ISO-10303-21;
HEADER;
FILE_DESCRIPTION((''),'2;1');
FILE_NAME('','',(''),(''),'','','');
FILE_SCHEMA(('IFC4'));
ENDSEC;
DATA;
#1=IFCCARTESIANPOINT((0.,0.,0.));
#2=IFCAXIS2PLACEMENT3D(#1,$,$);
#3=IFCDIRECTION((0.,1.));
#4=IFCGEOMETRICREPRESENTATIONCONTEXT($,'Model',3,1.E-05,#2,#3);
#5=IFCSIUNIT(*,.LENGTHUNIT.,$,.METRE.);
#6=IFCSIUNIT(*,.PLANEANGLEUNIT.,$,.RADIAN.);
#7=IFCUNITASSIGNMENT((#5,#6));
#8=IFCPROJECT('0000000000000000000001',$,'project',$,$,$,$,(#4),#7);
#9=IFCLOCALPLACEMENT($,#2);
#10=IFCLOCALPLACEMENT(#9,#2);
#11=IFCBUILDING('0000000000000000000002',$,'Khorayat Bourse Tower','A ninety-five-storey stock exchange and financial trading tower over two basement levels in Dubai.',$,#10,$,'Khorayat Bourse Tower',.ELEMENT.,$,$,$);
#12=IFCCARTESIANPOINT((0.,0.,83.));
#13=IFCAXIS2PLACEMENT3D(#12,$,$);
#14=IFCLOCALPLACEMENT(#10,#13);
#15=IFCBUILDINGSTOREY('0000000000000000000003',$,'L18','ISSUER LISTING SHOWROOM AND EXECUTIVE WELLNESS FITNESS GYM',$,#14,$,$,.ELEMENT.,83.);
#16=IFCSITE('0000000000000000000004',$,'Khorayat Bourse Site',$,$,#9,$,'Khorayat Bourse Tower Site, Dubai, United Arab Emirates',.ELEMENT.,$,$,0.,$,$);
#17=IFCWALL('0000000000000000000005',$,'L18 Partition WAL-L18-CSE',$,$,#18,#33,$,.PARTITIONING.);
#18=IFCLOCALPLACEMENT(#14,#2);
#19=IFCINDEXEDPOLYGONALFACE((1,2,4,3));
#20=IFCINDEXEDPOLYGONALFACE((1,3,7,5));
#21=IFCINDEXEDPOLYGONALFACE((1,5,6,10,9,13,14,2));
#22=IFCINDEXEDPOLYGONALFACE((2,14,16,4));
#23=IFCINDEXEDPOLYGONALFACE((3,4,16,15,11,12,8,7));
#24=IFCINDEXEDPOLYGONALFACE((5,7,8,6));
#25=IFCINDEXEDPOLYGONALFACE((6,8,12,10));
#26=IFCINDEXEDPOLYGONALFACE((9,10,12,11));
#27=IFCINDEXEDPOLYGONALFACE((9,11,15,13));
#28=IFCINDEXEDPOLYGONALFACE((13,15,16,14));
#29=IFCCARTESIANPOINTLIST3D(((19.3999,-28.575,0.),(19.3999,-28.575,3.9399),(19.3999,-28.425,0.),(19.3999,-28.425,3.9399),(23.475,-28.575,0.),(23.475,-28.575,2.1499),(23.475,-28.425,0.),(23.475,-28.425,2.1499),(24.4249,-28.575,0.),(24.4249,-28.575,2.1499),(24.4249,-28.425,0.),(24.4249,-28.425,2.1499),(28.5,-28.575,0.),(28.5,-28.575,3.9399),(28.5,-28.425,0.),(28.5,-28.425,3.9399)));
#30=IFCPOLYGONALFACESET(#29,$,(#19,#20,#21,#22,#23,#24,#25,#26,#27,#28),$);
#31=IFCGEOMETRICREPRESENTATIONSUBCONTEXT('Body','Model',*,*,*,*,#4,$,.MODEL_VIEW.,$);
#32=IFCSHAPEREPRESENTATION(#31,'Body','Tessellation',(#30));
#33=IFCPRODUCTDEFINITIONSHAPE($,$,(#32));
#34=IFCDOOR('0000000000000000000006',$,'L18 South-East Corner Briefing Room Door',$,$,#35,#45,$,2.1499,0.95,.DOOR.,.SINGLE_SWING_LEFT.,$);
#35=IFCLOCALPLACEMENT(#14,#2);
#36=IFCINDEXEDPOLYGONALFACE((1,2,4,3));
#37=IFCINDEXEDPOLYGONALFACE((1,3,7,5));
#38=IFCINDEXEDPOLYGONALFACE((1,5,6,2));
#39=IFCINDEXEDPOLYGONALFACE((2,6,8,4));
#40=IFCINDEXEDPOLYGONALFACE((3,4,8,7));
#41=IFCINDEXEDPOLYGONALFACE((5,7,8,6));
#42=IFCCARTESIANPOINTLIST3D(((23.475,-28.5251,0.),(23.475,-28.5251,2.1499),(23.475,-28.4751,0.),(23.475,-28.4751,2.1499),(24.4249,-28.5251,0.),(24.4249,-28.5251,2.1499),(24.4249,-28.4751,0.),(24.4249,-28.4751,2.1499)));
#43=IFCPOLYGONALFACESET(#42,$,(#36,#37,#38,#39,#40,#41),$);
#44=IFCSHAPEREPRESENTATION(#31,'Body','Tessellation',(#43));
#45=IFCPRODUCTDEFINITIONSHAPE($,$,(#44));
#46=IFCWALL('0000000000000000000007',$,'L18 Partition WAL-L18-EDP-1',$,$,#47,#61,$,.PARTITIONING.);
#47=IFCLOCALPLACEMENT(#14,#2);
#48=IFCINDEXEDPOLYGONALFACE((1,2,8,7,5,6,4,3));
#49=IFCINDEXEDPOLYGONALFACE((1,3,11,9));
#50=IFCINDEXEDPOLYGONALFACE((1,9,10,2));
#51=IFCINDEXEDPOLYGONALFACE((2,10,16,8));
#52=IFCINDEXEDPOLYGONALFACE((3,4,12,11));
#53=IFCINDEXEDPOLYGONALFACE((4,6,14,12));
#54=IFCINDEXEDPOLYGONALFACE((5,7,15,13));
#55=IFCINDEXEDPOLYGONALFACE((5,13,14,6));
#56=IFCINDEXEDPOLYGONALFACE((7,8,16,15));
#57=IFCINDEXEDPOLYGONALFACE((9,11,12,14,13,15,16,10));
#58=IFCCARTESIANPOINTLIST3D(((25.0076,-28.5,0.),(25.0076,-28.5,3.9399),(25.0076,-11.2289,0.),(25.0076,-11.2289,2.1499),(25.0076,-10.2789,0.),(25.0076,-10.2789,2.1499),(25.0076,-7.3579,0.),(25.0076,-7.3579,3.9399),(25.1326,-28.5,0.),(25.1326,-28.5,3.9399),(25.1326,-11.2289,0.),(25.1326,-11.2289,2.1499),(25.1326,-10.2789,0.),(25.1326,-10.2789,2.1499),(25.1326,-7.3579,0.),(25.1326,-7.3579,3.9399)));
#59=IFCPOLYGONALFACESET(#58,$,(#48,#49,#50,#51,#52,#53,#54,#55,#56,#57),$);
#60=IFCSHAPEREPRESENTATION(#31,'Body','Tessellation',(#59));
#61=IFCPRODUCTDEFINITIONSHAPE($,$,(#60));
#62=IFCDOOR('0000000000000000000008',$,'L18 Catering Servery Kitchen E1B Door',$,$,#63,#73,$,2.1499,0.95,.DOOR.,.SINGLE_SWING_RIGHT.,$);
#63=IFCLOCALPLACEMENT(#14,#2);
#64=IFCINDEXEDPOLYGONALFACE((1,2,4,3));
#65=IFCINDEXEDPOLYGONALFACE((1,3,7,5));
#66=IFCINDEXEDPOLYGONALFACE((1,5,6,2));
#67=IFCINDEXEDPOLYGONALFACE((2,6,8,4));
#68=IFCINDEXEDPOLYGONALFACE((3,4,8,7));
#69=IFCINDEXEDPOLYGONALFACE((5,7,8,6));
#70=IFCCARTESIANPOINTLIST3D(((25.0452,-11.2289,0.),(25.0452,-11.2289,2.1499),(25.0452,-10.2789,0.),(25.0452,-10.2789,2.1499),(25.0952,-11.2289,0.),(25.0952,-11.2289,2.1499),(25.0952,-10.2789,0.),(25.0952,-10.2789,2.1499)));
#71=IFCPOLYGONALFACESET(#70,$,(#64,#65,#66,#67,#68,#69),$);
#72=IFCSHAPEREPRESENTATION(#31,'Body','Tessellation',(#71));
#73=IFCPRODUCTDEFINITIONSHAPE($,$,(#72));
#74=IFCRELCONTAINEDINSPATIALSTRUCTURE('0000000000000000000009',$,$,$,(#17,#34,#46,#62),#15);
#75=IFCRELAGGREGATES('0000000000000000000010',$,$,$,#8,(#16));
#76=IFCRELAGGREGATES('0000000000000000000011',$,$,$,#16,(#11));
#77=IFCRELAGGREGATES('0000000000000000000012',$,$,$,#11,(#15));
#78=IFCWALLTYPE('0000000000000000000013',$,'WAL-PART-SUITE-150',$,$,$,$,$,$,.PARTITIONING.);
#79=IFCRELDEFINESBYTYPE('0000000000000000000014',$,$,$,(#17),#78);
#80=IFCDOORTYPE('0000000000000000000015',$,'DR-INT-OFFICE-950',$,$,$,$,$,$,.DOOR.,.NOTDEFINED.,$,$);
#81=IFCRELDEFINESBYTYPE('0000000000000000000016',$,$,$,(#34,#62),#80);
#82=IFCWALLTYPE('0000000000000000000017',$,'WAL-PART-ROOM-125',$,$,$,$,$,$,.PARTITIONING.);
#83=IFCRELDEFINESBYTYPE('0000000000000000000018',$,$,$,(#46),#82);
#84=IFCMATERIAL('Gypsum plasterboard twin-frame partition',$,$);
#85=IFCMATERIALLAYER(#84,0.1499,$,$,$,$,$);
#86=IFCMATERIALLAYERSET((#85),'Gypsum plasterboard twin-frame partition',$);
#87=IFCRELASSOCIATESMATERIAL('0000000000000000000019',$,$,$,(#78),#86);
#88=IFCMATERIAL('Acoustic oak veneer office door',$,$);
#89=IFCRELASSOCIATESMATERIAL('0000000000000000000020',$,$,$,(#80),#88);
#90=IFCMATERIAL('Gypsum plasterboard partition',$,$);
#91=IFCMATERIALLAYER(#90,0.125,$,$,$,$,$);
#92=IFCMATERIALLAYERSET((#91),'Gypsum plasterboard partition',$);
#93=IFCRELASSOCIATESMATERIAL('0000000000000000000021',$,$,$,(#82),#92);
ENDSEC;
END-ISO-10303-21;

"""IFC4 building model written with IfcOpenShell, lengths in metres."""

from ifc_helpers import new_model, si_unit, direction, frame, frame_2d, origin, place, context, subcontext, project, spatial, rectangle, extrude, source, transform, mapped, material, layer, layer_set, type_object, element, fill, save


model = new_model("IFC4")

# Units and contexts
model_context = context("Model", 3, precision=1e-05, world=origin(), true_north=direction((0.0, 1.0)))
body_context = subcontext(model_context, "Body", "Model", "MODEL_VIEW")
ifc_project = project(units=[si_unit("LENGTHUNIT", "METRE"), si_unit("PLANEANGLEUNIT", "RADIAN")], contexts=[model_context])

# Site, building, storey
site_placement = place(None, origin())
site = spatial("IfcSite", under=ifc_project, at=site_placement, Name="Khorayat Bourse Site", LongName="Khorayat Bourse Tower Site, Dubai, United Arab Emirates", CompositionType="ELEMENT", RefElevation=0.0)
building_placement = place(site_placement, origin())
building = spatial("IfcBuilding", under=site, at=building_placement, Name="Khorayat Bourse Tower", Description="A ninety-five-storey stock exchange and financial trading tower over two basement levels in Dubai.", LongName="Khorayat Bourse Tower", CompositionType="ELEMENT")
storey_placement = place(building_placement, frame((0.0, 0.0, 83.0)))
storey = spatial("IfcBuildingStorey", under=building, at=storey_placement, Name="L18", Description="ISSUER LISTING SHOWROOM AND EXECUTIVE WELLNESS FITNESS GYM", CompositionType="ELEMENT", Elevation=83.0)

# Shared definitions
ifc_material_1 = material(Name="Gypsum plasterboard twin-frame partition")
ifc_layer_1 = layer(ifc_material_1, 0.1499)
ifc_layer_set_1 = layer_set([ifc_layer_1], Name="Gypsum plasterboard twin-frame partition")
wall_type_1 = type_object("IfcWallType", Name="WAL-PART-SUITE-150", PredefinedType="PARTITIONING", material=ifc_layer_set_1)

# Shared definitions
shared_shape_1 = source(origin(), body_context, "Body", "SweptSolid", [
    extrude(rectangle(XDim=0.95, YDim=2.1499, at=frame_2d((0.4751, 1.075))), frame((0.0, 0.085, 0.0), z_axis=(0.0, -1.0, 0.0), x_axis=(1.0, 0.0, 0.0)), (0.0, 0.0, 1.0), 0.1699),
])
ifc_material_2 = material(Name="Acoustic oak veneer office door")
door_type = type_object("IfcDoorType", Name="DR-INT-OFFICE-950", OperationType="NOTDEFINED", PredefinedType="DOOR", material=ifc_material_2)
shared_shape_2 = source(origin(), body_context, "Body", "SweptSolid", [
    extrude(rectangle(XDim=0.95, YDim=2.1499, at=frame_2d((0.4751, 1.075))), frame((0.0, 0.0249, 0.0), z_axis=(0.0, -1.0, 0.0), x_axis=(1.0, 0.0, 0.0)), (0.0, 0.0, 1.0), 0.05),
])

# Walls, openings, doors
shared_shape_3 = source(origin(), body_context, "Body", "SweptSolid", [
    extrude(rectangle(XDim=9.1001, YDim=0.1499, at=frame_2d((4.55, 0.0))), origin(), (0.0, 0.0, 1.0), 3.9399),
])
wall_1_placement = place(storey_placement, frame((19.3999, -28.5, 0.0), z_axis=(0.0, 0.0, 1.0), x_axis=(1.0, 0.0, 0.0)))
wall_1 = element("IfcWall", 1, at=wall_1_placement, inside=storey, type_object=wall_type_1, Name="L18 Partition WAL-L18-CSE", PredefinedType="PARTITIONING", context=body_context, shape_type="MappedRepresentation", body=[
    mapped(shared_shape_3, transform((0.0, 0.0, 0.0), scale=1.0)),
])
opening_1_placement = place(wall_1_placement, frame((4.075, 0.0, 0.0)))
opening_1 = element("IfcOpeningElement", 2, at=opening_1_placement, cuts=wall_1, PredefinedType="OPENING", context=body_context, shape_type="MappedRepresentation", body=[
    mapped(shared_shape_1, transform((0.0, 0.0, 0.0), scale=1.0)),
])
door_1_placement = place(opening_1_placement, origin())
door_1 = element("IfcDoor", 3, at=door_1_placement, inside=storey, type_object=door_type, Name="L18 South-East Corner Briefing Room Door", OperationType="SINGLE_SWING_LEFT", OverallHeight=2.1499, OverallWidth=0.95, PredefinedType="DOOR", context=body_context, shape_type="MappedRepresentation", body=[
    mapped(shared_shape_2, transform((0.0, 0.0, 0.0), scale=1.0)),
])
fill(opening_1, door_1)
ifc_material_3 = material(Name="Gypsum plasterboard partition")
ifc_layer_2 = layer(ifc_material_3, 0.125)
ifc_layer_set_2 = layer_set([ifc_layer_2], Name="Gypsum plasterboard partition")
wall_type_2 = type_object("IfcWallType", Name="WAL-PART-ROOM-125", PredefinedType="PARTITIONING", material=ifc_layer_set_2)
shared_shape_4 = source(origin(), body_context, "Body", "SweptSolid", [
    extrude(rectangle(XDim=21.1421, YDim=0.125, at=frame_2d((10.571, 0.0))), origin(), (0.0, 0.0, 1.0), 3.9399),
])
wall_2_placement = place(storey_placement, frame((25.0701, -28.5, 0.0), z_axis=(0.0, 0.0, 1.0), x_axis=(0.0, 1.0, 0.0)))
wall_2 = element("IfcWall", 4, at=wall_2_placement, inside=storey, type_object=wall_type_2, Name="L18 Partition WAL-L18-EDP-1", PredefinedType="PARTITIONING", context=body_context, shape_type="MappedRepresentation", body=[
    mapped(shared_shape_4, transform((0.0, 0.0, 0.0), scale=1.0)),
])
shared_shape_5 = source(origin(), body_context, "Body", "SweptSolid", [
    extrude(rectangle(XDim=0.95, YDim=2.1499, at=frame_2d((0.4751, 1.075))), frame((0.0, 0.0725, 0.0), z_axis=(0.0, -1.0, 0.0), x_axis=(1.0, 0.0, 0.0)), (0.0, 0.0, 1.0), 0.145),
])
opening_2_placement = place(wall_2_placement, frame((17.271, 0.0, 0.0)))
opening_2 = element("IfcOpeningElement", 5, at=opening_2_placement, cuts=wall_2, PredefinedType="OPENING", context=body_context, shape_type="MappedRepresentation", body=[
    mapped(shared_shape_5, transform((0.0, 0.0, 0.0), scale=1.0)),
])
door_2_placement = place(opening_2_placement, origin())
door_2 = element("IfcDoor", 6, at=door_2_placement, inside=storey, type_object=door_type, Name="L18 Catering Servery Kitchen E1B Door", OperationType="SINGLE_SWING_RIGHT", OverallHeight=2.1499, OverallWidth=0.95, PredefinedType="DOOR", context=body_context, shape_type="MappedRepresentation", body=[
    mapped(shared_shape_2, transform((0.0, 0.0, 0.0), scale=1.0)),
])
fill(opening_2, door_2)

save(model, "model.ifc")
